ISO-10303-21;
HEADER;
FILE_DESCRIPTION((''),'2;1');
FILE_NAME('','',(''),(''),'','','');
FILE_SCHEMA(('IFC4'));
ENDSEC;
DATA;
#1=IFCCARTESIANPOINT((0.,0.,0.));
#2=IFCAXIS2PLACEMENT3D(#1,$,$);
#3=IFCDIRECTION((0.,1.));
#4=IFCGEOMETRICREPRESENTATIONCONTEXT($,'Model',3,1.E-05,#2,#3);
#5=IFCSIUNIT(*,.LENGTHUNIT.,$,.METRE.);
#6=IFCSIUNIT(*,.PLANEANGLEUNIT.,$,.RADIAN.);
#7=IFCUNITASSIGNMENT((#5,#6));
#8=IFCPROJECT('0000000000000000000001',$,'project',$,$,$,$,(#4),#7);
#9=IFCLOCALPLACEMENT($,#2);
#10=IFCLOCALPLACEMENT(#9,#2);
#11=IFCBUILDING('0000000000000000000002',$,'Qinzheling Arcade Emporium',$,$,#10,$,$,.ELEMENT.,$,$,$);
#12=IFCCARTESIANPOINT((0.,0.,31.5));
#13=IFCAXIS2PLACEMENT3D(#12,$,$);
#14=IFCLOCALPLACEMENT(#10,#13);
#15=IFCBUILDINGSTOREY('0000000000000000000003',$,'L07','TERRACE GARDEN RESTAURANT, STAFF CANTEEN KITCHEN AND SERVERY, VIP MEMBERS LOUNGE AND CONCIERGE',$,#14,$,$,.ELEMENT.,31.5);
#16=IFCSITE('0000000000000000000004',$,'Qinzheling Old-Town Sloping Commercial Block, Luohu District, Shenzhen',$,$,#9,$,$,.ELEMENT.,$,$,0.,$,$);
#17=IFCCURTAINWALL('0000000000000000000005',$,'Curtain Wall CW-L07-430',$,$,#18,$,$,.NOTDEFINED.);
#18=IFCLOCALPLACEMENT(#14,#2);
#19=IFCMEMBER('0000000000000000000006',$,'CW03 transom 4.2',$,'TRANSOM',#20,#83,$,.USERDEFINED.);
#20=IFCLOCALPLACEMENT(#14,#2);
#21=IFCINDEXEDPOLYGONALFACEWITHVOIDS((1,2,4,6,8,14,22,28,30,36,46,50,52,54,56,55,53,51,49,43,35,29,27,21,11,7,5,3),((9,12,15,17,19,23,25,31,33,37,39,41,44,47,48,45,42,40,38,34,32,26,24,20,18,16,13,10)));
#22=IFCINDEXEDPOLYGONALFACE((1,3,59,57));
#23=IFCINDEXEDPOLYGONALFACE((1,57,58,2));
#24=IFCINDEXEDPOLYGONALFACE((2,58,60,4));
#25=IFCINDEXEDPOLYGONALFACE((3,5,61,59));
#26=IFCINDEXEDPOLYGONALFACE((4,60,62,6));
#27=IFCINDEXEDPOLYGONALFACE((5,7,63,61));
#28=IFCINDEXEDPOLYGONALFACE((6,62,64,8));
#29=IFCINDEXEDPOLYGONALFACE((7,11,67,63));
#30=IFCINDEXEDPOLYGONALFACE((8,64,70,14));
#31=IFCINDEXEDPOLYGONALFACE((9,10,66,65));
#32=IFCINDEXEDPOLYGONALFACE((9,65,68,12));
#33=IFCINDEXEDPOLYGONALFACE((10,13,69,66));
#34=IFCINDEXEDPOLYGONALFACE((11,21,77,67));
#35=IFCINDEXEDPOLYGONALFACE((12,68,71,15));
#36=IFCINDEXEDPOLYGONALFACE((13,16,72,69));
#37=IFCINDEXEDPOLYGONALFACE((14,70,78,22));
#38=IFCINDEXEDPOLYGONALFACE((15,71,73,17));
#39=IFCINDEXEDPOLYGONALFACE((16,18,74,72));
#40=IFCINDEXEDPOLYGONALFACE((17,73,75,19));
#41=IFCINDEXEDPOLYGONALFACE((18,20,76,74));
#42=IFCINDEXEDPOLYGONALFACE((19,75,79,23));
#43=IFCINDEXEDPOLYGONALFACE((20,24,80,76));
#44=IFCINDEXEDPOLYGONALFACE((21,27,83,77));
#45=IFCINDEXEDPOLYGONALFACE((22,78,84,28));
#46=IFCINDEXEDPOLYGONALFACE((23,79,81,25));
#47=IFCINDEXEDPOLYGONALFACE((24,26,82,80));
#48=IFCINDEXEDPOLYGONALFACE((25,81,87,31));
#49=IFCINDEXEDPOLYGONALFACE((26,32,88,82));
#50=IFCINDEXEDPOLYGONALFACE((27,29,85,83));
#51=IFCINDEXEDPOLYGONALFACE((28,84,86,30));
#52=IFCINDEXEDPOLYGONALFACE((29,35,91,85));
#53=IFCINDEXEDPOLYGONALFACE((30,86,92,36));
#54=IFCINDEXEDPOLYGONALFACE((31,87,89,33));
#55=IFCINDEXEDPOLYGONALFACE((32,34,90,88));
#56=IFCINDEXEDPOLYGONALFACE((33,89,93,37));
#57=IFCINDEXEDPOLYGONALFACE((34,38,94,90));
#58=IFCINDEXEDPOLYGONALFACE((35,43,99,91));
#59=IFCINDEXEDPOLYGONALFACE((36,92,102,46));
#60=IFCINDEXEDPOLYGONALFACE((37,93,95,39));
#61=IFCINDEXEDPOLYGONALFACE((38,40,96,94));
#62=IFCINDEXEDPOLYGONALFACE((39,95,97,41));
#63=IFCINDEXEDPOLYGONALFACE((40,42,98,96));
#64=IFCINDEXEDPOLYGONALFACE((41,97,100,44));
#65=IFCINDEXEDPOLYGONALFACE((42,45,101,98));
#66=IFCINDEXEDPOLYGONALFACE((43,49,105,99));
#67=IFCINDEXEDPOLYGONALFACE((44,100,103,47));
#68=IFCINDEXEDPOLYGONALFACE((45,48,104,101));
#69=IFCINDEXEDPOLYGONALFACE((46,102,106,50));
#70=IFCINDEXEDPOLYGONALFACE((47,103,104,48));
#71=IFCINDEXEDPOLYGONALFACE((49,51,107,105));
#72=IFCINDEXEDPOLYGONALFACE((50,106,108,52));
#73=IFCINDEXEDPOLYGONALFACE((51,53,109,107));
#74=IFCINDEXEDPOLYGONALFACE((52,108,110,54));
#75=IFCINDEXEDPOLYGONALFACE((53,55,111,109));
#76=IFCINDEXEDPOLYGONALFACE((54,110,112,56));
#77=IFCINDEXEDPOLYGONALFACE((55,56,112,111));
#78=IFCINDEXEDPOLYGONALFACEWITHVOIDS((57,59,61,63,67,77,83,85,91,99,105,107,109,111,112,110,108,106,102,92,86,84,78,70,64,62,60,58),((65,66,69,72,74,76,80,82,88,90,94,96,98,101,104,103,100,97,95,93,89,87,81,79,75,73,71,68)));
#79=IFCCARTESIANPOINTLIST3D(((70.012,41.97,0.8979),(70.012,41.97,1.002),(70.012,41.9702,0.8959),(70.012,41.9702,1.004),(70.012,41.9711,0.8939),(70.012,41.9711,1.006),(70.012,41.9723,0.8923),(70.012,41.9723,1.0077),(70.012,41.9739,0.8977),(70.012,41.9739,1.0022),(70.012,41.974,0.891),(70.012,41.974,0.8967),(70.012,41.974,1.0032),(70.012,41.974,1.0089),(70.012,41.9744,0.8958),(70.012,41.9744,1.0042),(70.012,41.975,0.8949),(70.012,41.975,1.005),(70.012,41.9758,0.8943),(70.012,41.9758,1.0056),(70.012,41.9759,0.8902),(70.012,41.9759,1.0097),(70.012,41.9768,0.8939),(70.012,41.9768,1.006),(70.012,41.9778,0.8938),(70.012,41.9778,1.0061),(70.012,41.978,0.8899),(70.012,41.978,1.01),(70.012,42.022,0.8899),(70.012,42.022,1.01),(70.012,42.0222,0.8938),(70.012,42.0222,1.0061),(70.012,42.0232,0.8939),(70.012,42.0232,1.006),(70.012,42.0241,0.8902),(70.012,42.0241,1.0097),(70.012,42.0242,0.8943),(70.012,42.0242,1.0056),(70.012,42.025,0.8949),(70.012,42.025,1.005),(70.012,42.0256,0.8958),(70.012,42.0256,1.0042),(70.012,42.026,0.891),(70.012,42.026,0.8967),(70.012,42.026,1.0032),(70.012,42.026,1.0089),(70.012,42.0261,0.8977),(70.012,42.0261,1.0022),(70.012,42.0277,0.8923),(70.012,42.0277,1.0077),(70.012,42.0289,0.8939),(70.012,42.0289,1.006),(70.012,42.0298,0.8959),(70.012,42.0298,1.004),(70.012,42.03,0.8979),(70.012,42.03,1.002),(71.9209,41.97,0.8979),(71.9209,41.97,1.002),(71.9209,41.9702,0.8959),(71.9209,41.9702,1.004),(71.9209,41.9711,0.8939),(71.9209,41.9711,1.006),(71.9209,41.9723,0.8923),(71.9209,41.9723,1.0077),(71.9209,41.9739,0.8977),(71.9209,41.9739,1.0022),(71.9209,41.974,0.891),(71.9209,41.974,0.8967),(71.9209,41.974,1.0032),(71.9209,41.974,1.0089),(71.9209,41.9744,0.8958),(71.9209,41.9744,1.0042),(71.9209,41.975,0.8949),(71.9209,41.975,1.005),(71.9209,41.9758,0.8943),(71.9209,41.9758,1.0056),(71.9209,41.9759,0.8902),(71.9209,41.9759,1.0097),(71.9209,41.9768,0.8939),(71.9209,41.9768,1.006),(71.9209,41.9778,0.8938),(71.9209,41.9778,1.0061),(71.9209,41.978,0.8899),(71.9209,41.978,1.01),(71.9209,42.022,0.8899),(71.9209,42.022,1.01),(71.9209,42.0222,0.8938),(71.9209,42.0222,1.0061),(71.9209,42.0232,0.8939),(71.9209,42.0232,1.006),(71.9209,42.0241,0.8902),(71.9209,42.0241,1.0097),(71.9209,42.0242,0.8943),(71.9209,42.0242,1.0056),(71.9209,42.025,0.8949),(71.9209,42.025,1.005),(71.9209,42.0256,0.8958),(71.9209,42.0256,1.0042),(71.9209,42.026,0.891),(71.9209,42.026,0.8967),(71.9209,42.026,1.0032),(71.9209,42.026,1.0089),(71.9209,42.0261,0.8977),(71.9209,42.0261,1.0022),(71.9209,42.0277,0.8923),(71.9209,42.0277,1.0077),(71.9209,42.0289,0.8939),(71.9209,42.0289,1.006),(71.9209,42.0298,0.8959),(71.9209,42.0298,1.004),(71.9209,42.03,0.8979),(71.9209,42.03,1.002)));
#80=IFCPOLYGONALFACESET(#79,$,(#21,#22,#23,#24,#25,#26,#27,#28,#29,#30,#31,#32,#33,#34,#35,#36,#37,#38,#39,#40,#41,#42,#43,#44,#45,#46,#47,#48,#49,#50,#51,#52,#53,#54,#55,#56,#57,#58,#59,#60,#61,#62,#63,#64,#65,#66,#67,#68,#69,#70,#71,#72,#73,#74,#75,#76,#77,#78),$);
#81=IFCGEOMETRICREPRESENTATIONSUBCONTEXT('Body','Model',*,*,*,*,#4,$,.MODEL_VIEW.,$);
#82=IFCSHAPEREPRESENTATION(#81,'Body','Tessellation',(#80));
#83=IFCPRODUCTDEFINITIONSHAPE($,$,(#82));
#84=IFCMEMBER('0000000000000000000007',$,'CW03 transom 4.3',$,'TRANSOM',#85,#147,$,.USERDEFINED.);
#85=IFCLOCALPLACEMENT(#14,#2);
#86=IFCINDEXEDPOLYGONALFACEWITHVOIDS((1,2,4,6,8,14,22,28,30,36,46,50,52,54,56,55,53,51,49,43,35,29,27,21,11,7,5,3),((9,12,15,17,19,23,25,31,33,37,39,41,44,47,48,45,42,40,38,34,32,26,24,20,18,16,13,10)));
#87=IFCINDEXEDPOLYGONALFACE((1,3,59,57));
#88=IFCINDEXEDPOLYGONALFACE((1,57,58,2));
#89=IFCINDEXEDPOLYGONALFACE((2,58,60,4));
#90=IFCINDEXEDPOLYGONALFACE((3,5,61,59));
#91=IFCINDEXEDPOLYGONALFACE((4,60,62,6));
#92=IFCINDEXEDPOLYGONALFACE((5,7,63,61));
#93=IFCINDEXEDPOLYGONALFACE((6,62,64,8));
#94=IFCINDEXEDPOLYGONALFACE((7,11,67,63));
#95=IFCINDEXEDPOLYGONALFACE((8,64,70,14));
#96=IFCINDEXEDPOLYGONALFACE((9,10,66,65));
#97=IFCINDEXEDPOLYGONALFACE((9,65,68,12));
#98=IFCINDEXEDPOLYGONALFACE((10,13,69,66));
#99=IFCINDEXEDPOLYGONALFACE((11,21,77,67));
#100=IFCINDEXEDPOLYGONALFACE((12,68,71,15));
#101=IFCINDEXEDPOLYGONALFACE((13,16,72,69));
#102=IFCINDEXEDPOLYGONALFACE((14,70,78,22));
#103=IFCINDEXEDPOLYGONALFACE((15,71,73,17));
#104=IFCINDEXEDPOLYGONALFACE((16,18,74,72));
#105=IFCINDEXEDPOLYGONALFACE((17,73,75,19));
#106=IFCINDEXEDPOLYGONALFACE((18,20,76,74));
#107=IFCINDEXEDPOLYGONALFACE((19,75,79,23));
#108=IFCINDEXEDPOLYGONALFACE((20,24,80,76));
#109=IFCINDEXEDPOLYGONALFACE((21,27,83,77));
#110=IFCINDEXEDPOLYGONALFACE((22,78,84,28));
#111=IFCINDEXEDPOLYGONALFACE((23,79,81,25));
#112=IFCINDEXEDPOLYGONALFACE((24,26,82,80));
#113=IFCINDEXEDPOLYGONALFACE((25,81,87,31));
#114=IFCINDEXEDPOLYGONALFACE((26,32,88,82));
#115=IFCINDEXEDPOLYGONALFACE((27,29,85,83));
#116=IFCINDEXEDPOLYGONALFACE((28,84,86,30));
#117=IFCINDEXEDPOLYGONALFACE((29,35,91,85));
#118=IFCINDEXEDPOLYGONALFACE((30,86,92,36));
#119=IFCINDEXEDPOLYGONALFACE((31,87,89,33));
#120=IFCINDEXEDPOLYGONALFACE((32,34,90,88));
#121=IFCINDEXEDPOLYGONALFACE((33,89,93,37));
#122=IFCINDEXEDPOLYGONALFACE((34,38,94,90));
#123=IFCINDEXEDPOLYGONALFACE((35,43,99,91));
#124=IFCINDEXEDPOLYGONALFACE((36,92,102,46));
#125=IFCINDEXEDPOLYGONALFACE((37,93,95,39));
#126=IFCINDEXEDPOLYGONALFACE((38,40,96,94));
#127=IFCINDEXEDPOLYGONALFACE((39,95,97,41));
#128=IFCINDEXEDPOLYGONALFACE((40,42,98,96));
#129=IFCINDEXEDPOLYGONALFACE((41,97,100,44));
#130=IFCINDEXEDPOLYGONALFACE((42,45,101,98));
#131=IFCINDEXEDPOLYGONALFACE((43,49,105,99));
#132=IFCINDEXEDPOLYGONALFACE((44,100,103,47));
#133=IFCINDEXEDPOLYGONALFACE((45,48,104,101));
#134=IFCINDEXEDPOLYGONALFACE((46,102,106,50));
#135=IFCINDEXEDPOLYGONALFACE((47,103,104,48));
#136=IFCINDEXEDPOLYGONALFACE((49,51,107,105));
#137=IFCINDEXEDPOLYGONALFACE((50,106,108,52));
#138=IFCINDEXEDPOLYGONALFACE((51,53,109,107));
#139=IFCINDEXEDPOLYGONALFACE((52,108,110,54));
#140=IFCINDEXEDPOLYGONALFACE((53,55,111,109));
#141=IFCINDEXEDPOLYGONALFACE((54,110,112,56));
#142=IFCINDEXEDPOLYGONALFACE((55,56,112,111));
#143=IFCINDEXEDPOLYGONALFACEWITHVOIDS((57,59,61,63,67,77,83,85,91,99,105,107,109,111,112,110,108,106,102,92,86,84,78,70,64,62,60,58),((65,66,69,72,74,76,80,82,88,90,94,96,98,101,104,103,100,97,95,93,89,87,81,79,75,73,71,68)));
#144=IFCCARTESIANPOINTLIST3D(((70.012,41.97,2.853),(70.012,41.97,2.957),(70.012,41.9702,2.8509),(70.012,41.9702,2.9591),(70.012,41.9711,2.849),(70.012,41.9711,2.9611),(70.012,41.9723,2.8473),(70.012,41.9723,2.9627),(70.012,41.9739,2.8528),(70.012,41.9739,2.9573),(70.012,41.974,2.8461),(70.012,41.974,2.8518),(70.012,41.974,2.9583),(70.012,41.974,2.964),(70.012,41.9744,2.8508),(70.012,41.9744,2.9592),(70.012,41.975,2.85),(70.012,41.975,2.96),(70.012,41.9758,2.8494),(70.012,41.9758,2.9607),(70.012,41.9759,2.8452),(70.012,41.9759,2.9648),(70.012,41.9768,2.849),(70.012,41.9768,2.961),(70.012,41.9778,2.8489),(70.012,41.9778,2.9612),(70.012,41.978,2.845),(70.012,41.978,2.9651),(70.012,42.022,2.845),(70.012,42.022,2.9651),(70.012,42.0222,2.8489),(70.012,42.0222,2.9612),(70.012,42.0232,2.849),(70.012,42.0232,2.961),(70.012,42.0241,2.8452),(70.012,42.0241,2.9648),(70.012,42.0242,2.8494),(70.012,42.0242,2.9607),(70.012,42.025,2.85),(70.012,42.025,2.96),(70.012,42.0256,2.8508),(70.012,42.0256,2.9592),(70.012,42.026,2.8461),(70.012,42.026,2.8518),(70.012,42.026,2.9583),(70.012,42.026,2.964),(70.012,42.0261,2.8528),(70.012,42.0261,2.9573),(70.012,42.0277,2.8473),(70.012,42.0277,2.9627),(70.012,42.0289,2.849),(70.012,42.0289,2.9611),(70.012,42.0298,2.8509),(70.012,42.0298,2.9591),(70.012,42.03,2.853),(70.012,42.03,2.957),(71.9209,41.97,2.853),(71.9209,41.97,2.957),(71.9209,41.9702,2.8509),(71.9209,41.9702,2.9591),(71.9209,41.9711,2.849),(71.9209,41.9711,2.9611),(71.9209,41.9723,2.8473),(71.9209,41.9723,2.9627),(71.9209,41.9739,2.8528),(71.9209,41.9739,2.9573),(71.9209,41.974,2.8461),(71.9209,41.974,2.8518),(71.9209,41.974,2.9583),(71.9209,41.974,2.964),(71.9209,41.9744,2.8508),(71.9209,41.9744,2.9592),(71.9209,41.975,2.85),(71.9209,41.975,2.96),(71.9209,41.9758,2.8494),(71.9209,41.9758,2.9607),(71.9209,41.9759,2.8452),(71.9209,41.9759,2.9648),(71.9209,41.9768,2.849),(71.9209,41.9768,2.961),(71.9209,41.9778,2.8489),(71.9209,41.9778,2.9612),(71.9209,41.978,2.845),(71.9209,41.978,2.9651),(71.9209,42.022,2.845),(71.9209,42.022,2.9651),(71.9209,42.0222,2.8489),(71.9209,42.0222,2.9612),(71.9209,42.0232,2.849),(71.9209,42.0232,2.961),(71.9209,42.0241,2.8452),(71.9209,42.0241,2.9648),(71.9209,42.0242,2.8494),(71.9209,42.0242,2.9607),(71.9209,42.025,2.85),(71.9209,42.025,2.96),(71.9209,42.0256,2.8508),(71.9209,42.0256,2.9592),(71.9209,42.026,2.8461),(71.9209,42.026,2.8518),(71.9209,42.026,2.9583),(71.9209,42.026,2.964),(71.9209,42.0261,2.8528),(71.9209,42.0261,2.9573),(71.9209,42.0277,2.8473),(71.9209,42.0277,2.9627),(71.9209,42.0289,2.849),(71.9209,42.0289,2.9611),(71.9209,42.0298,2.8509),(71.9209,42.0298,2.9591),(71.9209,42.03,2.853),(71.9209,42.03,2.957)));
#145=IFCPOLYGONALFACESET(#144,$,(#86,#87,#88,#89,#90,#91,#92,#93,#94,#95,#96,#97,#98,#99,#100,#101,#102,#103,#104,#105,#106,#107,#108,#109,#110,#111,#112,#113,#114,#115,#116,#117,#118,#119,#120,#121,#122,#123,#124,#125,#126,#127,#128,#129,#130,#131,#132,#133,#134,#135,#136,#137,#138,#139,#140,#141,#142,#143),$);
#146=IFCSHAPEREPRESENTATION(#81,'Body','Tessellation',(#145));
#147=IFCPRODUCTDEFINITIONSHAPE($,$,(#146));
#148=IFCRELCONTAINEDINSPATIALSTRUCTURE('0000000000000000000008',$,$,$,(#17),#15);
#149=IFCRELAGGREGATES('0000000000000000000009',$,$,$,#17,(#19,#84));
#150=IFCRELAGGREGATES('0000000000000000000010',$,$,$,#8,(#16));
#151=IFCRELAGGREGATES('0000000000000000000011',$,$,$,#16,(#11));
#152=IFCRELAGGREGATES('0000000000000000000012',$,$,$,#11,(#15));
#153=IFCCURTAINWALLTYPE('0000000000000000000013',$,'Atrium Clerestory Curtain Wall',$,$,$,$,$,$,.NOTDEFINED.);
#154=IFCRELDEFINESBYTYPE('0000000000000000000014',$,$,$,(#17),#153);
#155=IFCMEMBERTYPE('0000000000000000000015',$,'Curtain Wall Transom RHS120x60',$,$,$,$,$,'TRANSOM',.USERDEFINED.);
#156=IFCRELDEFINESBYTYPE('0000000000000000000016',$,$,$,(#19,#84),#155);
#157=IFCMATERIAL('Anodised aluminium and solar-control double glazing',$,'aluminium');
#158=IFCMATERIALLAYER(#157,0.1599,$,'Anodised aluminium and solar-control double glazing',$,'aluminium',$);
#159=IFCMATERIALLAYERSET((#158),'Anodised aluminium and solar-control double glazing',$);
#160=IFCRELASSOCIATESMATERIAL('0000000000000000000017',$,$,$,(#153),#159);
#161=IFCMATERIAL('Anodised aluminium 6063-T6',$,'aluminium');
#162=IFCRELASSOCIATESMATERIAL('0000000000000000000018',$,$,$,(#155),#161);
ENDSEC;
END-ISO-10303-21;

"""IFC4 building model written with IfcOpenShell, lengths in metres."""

from ifc_helpers import new_model, si_unit, direction, frame, origin, origin_2d, place, context, subcontext, project, spatial, hollow_rectangle, extrude, material, layer, layer_set, material_profile, profile_set, type_object, element, aggregate, save


model = new_model("IFC4")

# Units and contexts
model_context = context("Model", 3, precision=1e-05, world=origin(), true_north=direction((0.0, 1.0)))
body_context = subcontext(model_context, "Body", "Model", "MODEL_VIEW")
ifc_project = project(units=[si_unit("LENGTHUNIT", "METRE"), si_unit("PLANEANGLEUNIT", "RADIAN")], contexts=[model_context])

# Site, building, storey
site_placement = place(None, origin())
site = spatial("IfcSite", under=ifc_project, at=site_placement, Name="Qinzheling Old-Town Sloping Commercial Block, Luohu District, Shenzhen", CompositionType="ELEMENT", RefElevation=0.0)
building_placement = place(site_placement, origin())
building = spatial("IfcBuilding", under=site, at=building_placement, Name="Qinzheling Arcade Emporium", CompositionType="ELEMENT")
storey_placement = place(building_placement, frame((0.0, 0.0, 31.5)))
storey = spatial("IfcBuildingStorey", under=building, at=storey_placement, Name="L07", Description="TERRACE GARDEN RESTAURANT, STAFF CANTEEN KITCHEN AND SERVERY, VIP MEMBERS LOUNGE AND CONCIERGE", CompositionType="ELEMENT", Elevation=31.5)

# Curtain wall
ifc_material_1 = material(Name="Anodised aluminium and solar-control double glazing", Category="aluminium")
ifc_layer_1 = layer(ifc_material_1, 0.1599, Name="Anodised aluminium and solar-control double glazing", Category="aluminium")
ifc_layer_set_1 = layer_set([ifc_layer_1], Name="Anodised aluminium and solar-control double glazing")
curtain_wall_type_1 = type_object("IfcCurtainWallType", Name="Atrium Clerestory Curtain Wall", PredefinedType="NOTDEFINED", material=ifc_layer_set_1)
curtain_wall_1_placement = place(storey_placement, origin())
curtain_wall_1 = element("IfcCurtainWall", 1, at=curtain_wall_1_placement, inside=storey, type_object=curtain_wall_type_1, Name="Curtain Wall CW-L07-430", PredefinedType="NOTDEFINED")
ifc_material_2 = material(Name="Anodised aluminium 6063-T6", Category="aluminium")

# Members
ifc_material_profile_1 = material_profile(ifc_material_2, hollow_rectangle(XDim=0.0601, YDim=0.1201, WallThickness=0.0039, InnerFilletRadius=0.0039, OuterFilletRadius=0.0081, at=origin_2d()), Name="RHS 120x60x4", Category="aluminium")
ifc_profile_set_1 = profile_set([ifc_material_profile_1], Name="Anodised aluminium 6063-T6")
member_type_1 = type_object("IfcMemberType", Name="Curtain Wall Transom RHS120x60", ElementType="TRANSOM", PredefinedType="USERDEFINED", material=ifc_profile_set_1)
member_1_placement = place(storey_placement, frame((71.9209, 42.0, 0.95), z_axis=(-1.0, 0.0, 0.0), x_axis=(0.0, -1.0, 0.0)))
member_1 = element("IfcMember", 2, at=member_1_placement, type_object=member_type_1, Name="CW03 transom 4.2", ObjectType="TRANSOM", PredefinedType="USERDEFINED", context=body_context, shape_type="SweptSolid", body=[
    extrude(hollow_rectangle(XDim=0.0601, YDim=0.1201, WallThickness=0.0039, InnerFilletRadius=0.0039, OuterFilletRadius=0.0081, at=origin_2d()), origin(), (0.0, 0.0, 1.0), 1.9089),
])
member_2_placement = place(storey_placement, frame((71.9209, 42.0, 2.905), z_axis=(-1.0, 0.0, 0.0), x_axis=(0.0, -1.0, 0.0)))
member_2 = element("IfcMember", 3, at=member_2_placement, type_object=member_type_1, Name="CW03 transom 4.3", ObjectType="TRANSOM", PredefinedType="USERDEFINED", context=body_context, shape_type="SweptSolid", body=[
    extrude(hollow_rectangle(XDim=0.0601, YDim=0.1201, WallThickness=0.0039, InnerFilletRadius=0.0039, OuterFilletRadius=0.0081, at=origin_2d()), origin(), (0.0, 0.0, 1.0), 1.9089),
])

aggregate(curtain_wall_1, [member_1, member_2])

save(model, "model.ifc")
